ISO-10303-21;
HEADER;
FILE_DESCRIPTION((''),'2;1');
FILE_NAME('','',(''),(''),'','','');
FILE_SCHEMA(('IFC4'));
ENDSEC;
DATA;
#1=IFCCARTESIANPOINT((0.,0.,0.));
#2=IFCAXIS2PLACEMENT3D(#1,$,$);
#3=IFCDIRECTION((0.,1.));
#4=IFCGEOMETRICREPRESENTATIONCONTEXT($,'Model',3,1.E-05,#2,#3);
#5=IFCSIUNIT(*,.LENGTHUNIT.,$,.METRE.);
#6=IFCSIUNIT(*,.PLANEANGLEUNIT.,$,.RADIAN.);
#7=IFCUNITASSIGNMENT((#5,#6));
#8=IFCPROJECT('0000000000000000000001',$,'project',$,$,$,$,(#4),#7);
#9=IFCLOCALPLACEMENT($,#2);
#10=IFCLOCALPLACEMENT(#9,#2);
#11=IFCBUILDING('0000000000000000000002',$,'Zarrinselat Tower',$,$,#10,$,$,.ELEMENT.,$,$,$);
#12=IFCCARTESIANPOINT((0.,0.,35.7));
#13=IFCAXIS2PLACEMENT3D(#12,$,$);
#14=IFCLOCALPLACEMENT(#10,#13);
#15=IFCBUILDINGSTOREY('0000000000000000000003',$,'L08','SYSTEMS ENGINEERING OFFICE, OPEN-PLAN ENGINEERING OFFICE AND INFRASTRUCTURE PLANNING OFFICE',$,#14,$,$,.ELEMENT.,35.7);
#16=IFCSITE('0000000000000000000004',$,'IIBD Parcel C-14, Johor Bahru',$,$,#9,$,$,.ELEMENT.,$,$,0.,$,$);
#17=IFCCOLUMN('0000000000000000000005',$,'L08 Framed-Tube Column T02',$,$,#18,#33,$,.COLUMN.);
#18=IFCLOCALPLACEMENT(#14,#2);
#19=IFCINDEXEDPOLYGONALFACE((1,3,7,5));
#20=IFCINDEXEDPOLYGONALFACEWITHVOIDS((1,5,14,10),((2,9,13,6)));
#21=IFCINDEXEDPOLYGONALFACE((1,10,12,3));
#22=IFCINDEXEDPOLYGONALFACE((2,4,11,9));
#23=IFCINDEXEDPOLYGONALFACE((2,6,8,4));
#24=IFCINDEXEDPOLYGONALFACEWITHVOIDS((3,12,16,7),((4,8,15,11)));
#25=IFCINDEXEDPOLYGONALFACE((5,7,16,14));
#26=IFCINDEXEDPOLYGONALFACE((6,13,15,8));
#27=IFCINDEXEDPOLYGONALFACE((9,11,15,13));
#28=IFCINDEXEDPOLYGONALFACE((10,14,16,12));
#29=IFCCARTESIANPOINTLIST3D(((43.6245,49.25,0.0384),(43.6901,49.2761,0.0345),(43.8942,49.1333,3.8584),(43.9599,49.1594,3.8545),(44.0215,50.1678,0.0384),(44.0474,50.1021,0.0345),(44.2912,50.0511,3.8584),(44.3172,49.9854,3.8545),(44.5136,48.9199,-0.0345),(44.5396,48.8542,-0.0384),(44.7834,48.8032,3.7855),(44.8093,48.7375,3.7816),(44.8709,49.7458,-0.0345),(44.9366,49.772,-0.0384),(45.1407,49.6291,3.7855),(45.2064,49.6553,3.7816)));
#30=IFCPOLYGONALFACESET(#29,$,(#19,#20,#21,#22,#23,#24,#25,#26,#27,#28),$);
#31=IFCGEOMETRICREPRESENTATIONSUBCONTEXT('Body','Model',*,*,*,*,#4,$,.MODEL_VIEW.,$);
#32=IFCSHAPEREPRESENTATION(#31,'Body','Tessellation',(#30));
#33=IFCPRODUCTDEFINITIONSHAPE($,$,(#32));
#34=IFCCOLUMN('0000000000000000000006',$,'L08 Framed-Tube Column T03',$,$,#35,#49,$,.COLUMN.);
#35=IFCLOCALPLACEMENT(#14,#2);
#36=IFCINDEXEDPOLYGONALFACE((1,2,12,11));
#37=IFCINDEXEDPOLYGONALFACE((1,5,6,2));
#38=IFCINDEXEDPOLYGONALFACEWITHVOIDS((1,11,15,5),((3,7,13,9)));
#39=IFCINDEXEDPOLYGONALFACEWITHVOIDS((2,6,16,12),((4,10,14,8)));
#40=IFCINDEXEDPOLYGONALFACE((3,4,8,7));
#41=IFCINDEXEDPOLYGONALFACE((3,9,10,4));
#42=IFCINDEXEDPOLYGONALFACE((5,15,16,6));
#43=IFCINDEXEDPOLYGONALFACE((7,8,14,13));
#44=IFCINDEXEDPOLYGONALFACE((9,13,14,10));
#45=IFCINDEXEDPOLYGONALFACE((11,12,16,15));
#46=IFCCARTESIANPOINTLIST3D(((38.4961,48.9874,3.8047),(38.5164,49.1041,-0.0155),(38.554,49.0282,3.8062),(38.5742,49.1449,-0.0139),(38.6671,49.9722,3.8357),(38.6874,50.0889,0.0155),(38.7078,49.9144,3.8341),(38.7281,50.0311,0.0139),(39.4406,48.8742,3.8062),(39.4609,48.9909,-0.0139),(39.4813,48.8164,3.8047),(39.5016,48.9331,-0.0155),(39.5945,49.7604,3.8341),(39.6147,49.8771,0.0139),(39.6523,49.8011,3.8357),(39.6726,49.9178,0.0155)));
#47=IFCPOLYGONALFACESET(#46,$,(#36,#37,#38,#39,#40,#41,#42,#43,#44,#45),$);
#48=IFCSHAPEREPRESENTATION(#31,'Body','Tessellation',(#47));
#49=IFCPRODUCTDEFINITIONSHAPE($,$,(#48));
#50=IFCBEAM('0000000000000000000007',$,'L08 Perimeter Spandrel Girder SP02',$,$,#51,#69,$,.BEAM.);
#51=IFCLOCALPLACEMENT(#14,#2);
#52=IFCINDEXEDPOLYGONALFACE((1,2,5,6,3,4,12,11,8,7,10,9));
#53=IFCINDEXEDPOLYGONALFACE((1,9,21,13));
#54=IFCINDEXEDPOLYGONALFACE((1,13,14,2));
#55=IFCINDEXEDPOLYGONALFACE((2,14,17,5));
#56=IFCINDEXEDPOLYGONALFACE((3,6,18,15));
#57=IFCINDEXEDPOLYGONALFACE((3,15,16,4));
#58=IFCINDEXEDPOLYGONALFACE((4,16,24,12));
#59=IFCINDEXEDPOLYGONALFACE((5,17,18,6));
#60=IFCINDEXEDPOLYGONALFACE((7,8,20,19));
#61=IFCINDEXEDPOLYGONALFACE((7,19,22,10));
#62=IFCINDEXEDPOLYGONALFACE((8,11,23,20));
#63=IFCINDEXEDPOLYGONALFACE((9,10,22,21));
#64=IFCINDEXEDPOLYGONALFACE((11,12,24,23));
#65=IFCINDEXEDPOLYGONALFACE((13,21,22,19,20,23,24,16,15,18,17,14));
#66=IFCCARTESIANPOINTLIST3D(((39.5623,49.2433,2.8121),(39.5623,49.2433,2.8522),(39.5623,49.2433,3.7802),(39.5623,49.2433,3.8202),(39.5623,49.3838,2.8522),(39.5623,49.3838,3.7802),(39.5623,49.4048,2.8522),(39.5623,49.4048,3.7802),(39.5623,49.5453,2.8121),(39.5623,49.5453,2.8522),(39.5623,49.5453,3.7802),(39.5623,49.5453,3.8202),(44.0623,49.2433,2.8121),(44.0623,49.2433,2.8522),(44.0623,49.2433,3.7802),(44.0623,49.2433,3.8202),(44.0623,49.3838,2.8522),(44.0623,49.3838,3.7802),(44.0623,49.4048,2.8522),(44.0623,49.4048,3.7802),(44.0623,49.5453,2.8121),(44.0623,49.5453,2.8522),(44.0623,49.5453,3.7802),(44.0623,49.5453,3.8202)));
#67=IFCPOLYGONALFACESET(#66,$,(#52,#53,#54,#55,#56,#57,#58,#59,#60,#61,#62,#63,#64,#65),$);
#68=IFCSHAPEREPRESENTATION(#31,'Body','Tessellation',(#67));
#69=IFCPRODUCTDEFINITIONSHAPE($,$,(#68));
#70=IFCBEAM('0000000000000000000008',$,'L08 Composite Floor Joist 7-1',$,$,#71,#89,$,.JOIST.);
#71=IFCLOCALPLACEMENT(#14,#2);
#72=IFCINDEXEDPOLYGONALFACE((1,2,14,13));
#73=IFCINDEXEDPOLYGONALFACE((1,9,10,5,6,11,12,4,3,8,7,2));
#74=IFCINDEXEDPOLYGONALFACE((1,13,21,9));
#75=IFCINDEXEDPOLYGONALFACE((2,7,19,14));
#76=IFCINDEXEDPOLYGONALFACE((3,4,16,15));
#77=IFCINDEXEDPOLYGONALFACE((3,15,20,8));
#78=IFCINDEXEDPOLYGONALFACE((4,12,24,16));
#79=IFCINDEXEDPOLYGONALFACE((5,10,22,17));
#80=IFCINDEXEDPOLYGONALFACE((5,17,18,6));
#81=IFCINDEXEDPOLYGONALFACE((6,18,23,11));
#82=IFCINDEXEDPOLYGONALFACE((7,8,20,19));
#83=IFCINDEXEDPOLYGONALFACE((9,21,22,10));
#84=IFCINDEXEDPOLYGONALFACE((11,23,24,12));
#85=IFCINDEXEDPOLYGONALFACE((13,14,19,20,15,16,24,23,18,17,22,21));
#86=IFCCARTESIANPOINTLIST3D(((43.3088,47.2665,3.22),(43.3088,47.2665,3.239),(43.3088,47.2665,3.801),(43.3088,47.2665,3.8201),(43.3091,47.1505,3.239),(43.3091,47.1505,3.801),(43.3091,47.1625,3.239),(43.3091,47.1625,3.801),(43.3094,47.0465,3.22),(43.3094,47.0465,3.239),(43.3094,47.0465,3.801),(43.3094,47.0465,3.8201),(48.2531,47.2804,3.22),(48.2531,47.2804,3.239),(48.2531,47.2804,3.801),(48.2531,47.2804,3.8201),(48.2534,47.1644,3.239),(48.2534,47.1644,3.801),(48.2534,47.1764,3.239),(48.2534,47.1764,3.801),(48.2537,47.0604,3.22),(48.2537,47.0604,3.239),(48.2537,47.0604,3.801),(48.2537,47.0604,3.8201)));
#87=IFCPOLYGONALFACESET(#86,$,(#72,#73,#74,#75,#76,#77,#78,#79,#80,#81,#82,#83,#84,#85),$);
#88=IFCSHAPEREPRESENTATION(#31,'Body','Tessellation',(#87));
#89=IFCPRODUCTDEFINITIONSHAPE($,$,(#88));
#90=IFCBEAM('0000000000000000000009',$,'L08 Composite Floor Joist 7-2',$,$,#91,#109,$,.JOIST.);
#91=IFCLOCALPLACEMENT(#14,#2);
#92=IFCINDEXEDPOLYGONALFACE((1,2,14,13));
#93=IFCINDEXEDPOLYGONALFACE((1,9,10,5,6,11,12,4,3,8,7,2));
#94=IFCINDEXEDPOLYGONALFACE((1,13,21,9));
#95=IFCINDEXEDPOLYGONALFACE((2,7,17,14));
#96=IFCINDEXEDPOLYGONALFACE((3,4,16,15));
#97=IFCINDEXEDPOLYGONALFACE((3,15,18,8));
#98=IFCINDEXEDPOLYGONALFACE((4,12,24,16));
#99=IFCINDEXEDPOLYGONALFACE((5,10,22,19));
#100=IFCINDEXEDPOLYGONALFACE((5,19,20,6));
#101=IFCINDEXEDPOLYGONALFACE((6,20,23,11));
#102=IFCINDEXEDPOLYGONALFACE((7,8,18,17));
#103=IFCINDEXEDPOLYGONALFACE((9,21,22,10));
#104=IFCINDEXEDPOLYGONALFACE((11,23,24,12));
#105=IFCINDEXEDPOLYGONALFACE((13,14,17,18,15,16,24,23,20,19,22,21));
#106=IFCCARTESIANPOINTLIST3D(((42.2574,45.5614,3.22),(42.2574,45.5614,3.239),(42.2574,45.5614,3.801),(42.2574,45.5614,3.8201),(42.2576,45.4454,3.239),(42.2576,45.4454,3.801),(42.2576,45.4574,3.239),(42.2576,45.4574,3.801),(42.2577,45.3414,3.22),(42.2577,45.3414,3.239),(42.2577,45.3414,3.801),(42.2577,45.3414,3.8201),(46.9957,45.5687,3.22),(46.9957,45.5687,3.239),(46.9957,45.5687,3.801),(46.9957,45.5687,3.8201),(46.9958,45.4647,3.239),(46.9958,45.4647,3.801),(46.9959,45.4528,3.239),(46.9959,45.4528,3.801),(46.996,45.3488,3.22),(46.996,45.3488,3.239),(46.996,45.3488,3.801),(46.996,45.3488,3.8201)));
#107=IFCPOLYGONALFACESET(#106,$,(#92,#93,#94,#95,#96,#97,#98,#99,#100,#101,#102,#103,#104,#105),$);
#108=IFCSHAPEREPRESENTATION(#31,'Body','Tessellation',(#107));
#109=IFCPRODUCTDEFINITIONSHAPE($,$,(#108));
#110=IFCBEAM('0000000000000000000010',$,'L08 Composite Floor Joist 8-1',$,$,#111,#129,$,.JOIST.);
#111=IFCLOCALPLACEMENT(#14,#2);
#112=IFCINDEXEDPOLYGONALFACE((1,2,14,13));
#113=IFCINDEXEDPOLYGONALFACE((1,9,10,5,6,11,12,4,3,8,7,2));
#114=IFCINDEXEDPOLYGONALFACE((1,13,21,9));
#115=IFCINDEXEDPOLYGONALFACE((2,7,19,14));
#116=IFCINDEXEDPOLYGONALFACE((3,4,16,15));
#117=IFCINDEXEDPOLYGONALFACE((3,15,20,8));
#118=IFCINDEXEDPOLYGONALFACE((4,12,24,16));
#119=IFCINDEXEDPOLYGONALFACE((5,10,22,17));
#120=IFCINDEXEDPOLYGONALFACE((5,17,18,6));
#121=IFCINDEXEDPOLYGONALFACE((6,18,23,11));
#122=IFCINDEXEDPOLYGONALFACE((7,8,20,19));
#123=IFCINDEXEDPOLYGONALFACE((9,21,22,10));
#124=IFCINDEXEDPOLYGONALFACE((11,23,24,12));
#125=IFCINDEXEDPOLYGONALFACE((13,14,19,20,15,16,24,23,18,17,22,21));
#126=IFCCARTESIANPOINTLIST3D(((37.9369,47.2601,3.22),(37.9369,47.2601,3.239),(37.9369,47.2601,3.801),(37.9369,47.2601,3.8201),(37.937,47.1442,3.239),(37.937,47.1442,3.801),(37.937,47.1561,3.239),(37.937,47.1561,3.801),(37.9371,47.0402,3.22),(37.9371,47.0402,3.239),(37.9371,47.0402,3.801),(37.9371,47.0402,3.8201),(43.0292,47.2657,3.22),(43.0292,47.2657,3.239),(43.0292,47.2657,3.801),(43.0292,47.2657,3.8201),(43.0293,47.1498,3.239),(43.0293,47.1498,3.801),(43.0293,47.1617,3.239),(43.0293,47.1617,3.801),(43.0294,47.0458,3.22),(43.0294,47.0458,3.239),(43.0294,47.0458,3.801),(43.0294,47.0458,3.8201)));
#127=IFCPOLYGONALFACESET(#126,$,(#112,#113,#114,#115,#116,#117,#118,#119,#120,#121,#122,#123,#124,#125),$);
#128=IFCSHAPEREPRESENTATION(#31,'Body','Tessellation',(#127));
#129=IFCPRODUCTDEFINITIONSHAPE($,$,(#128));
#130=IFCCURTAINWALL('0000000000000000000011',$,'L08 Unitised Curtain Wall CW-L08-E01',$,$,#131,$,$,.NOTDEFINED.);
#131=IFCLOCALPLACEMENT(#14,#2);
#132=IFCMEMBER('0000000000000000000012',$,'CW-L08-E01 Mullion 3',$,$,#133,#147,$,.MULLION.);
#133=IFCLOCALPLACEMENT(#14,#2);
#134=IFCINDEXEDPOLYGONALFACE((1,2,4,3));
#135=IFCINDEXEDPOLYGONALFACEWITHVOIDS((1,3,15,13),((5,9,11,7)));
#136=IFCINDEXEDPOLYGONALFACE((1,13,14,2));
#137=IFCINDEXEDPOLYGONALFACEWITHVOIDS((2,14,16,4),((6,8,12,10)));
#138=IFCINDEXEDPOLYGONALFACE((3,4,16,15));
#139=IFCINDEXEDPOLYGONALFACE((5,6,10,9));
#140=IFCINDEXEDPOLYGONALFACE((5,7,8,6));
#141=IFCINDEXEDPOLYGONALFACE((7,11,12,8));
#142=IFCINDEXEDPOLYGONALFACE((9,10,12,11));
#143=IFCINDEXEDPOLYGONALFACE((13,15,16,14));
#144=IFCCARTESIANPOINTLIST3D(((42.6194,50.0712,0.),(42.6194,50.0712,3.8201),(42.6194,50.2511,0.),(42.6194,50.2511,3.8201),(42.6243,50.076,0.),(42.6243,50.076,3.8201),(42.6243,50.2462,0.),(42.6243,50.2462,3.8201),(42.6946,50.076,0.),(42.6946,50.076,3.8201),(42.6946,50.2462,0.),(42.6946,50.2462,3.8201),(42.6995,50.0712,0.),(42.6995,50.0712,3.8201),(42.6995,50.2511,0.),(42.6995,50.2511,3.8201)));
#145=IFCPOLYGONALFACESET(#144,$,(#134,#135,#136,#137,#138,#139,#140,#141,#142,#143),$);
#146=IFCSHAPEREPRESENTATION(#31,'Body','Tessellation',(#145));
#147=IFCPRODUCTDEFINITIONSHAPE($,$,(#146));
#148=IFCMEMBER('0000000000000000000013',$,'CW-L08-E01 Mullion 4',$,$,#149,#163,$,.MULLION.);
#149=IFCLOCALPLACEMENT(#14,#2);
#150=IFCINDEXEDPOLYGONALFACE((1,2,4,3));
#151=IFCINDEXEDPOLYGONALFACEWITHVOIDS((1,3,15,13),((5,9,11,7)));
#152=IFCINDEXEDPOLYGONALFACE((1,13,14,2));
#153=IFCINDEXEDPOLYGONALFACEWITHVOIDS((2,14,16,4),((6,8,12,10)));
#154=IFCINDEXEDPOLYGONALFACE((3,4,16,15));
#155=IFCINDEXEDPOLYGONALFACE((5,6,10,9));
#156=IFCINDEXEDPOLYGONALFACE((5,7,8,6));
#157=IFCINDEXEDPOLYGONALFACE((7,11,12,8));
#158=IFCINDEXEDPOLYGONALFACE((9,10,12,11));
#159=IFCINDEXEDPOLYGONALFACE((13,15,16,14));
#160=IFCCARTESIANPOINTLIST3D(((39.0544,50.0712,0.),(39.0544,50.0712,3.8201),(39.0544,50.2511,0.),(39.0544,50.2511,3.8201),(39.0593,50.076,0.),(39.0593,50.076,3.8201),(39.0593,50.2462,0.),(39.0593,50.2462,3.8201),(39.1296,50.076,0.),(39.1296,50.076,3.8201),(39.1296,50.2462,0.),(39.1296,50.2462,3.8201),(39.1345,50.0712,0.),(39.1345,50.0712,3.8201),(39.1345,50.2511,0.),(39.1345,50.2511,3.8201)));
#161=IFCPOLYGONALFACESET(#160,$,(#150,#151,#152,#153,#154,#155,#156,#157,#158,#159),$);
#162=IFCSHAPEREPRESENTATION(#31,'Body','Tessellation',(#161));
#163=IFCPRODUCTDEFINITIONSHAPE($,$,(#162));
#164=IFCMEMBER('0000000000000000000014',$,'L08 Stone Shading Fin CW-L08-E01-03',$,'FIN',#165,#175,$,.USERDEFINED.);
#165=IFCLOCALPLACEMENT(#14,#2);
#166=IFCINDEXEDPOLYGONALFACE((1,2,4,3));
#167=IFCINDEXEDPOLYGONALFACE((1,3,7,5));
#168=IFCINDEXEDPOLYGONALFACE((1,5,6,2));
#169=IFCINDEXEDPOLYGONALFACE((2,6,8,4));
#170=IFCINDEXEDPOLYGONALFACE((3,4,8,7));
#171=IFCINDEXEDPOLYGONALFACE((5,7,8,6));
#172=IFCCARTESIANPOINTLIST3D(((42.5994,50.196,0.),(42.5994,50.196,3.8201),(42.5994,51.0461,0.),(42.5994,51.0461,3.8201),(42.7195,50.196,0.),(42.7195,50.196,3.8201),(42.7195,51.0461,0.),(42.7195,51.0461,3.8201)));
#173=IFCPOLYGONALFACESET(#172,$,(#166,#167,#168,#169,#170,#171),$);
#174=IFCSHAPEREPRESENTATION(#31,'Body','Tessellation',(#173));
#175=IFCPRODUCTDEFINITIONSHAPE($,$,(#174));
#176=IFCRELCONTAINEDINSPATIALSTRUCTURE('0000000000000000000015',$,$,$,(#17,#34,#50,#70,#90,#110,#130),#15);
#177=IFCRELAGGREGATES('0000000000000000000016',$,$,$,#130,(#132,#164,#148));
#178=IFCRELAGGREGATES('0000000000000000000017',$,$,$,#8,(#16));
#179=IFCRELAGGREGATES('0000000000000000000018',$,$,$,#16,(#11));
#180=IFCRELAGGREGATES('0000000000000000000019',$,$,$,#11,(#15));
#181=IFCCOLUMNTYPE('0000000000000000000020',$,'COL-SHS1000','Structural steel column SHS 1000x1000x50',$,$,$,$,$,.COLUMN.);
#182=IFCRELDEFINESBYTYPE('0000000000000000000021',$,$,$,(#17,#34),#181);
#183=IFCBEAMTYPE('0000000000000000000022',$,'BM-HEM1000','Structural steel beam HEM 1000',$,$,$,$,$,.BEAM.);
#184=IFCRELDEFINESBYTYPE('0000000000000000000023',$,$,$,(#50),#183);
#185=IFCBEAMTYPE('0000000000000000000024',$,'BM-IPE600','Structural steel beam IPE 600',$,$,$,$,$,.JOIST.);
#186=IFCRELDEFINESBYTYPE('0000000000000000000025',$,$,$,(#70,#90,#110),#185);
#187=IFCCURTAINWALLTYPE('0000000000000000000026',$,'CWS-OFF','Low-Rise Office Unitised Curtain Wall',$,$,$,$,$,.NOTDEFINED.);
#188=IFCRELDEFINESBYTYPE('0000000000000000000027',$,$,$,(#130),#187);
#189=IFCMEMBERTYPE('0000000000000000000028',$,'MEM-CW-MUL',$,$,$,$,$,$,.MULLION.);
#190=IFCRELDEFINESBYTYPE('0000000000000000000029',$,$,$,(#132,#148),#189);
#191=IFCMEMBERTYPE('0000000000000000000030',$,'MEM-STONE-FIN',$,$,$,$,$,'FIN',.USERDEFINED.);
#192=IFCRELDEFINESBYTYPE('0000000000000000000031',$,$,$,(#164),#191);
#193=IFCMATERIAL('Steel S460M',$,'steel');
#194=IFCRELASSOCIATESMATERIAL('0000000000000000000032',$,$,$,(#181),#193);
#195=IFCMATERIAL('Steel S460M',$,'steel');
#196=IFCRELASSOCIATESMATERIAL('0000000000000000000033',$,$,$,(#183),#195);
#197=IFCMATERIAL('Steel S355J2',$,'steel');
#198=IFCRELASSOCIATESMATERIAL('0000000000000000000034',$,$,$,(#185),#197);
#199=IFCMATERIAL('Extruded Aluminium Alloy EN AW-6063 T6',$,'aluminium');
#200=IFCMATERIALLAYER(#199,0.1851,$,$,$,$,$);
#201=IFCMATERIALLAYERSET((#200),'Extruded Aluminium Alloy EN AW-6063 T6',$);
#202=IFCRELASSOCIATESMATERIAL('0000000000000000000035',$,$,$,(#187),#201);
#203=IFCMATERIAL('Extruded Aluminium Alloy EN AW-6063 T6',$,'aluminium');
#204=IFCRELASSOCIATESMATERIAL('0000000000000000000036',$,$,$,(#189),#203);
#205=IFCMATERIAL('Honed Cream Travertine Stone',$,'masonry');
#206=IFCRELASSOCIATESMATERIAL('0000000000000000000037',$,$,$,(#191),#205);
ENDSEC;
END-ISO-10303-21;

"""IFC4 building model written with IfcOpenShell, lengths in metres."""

from ifc_helpers import new_model, si_unit, direction, frame, origin, origin_2d, place, context, subcontext, project, spatial, rectangle, hollow_rectangle, i_section, extrude, material, layer, layer_set, material_profile, profile_set, type_object, element, aggregate, save


model = new_model("IFC4")

# Units and contexts
model_context = context("Model", 3, precision=1e-05, world=origin(), true_north=direction((0.0, 1.0)))
body_context = subcontext(model_context, "Body", "Model", "MODEL_VIEW")
ifc_project = project(units=[si_unit("LENGTHUNIT", "METRE"), si_unit("PLANEANGLEUNIT", "RADIAN")], contexts=[model_context])

# Site, building, storey
site_placement = place(None, origin())
site = spatial("IfcSite", under=ifc_project, at=site_placement, Name="IIBD Parcel C-14, Johor Bahru", CompositionType="ELEMENT", RefElevation=0.0)
building_placement = place(site_placement, origin())
building = spatial("IfcBuilding", under=site, at=building_placement, Name="Zarrinselat Tower", CompositionType="ELEMENT")
storey_placement = place(building_placement, frame((0.0, 0.0, 35.7)))
storey = spatial("IfcBuildingStorey", under=building, at=storey_placement, Name="L08", Description="SYSTEMS ENGINEERING OFFICE, OPEN-PLAN ENGINEERING OFFICE AND INFRASTRUCTURE PLANNING OFFICE", CompositionType="ELEMENT", Elevation=35.7)

# Columns
ifc_material_1 = material(Name="Steel S460M", Category="steel")
ifc_material_profile_1 = material_profile(ifc_material_1, hollow_rectangle(XDim=1.0, YDim=1.0, WallThickness=0.05, at=origin_2d()), Name="SHS 1000x1000x50")
ifc_profile_set_1 = profile_set([ifc_material_profile_1], Name="Steel S460M")
column_type = type_object("IfcColumnType", Name="COL-SHS1000", Description="Structural steel column SHS 1000x1000x50", PredefinedType="COLUMN", material=ifc_profile_set_1)
column_1_placement = place(storey_placement, frame((44.2805, 49.511, 0.0), z_axis=(0.070412, -0.030459, 0.997053), x_axis=(0.397025, 0.917808, 0.0)))
element("IfcColumn", 1, at=column_1_placement, inside=storey, type_object=column_type, Name="L08 Framed-Tube Column T02", PredefinedType="COLUMN", context=body_context, shape_type="SweptSolid", body=[
    extrude(hollow_rectangle(XDim=1.0, YDim=1.0, WallThickness=0.05, at=origin_2d()), origin(), (0.0, 0.0, 1.0), 3.8313),
])
column_2_placement = place(storey_placement, frame((39.0945, 49.511, 0.0), z_axis=(-0.005302, -0.030534, 0.99952), x_axis=(0.985257, -0.17108, 0.0)))
element("IfcColumn", 2, at=column_2_placement, inside=storey, type_object=column_type, Name="L08 Framed-Tube Column T03", PredefinedType="COLUMN", context=body_context, shape_type="SweptSolid", body=[
    extrude(hollow_rectangle(XDim=1.0, YDim=1.0, WallThickness=0.05, at=origin_2d()), origin(), (0.0, 0.0, 1.0), 3.822),
])

# Beams
ifc_material_2 = material(Name="Steel S460M", Category="steel")
ifc_material_profile_2 = material_profile(ifc_material_2, i_section(OverallWidth=0.302, OverallDepth=1.0081, WebThickness=0.021, FlangeThickness=0.04, at=origin_2d()), Name="HEM 1000")
ifc_profile_set_2 = profile_set([ifc_material_profile_2], Name="Steel S460M")
beam_type_1 = type_object("IfcBeamType", Name="BM-HEM1000", Description="Structural steel beam HEM 1000", PredefinedType="BEAM", material=ifc_profile_set_2)
beam_1_placement = place(storey_placement, frame((39.5623, 49.3943, 3.3162), z_axis=(1.0, 0.0, 0.0), x_axis=(0.0, 1.0, 0.0)))
element("IfcBeam", 3, at=beam_1_placement, inside=storey, type_object=beam_type_1, Name="L08 Perimeter Spandrel Girder SP02", PredefinedType="BEAM", context=body_context, shape_type="SweptSolid", body=[
    extrude(i_section(OverallWidth=0.302, OverallDepth=1.0081, WebThickness=0.021, FlangeThickness=0.04, at=origin_2d()), origin(), (0.0, 0.0, 1.0), 4.5),
])
ifc_material_3 = material(Name="Steel S355J2", Category="steel")
ifc_material_profile_3 = material_profile(ifc_material_3, i_section(OverallWidth=0.22, OverallDepth=0.6001, WebThickness=0.012, FlangeThickness=0.019, at=origin_2d()), Name="IPE 600")
ifc_profile_set_3 = profile_set([ifc_material_profile_3], Name="Steel S355J2")
beam_type_2 = type_object("IfcBeamType", Name="BM-IPE600", Description="Structural steel beam IPE 600", PredefinedType="JOIST", material=ifc_profile_set_3)
beam_2_placement = place(storey_placement, frame((43.3091, 47.1565, 3.52), z_axis=(0.999996, 0.002815, 0.0), x_axis=(-0.002815, 0.999996, 0.0)))
element("IfcBeam", 4, at=beam_2_placement, inside=storey, type_object=beam_type_2, Name="L08 Composite Floor Joist 7-1", PredefinedType="JOIST", context=body_context, shape_type="SweptSolid", body=[
    extrude(i_section(OverallWidth=0.22, OverallDepth=0.6001, WebThickness=0.012, FlangeThickness=0.019, at=origin_2d()), origin(), (0.0, 0.0, 1.0), 4.9443),
])
beam_3_placement = place(storey_placement, frame((42.2576, 45.4514, 3.52), z_axis=(0.999999, 0.001546, 0.0), x_axis=(-0.001546, 0.999999, 0.0)))
element("IfcBeam", 5, at=beam_3_placement, inside=storey, type_object=beam_type_2, Name="L08 Composite Floor Joist 7-2", PredefinedType="JOIST", context=body_context, shape_type="SweptSolid", body=[
    extrude(i_section(OverallWidth=0.22, OverallDepth=0.6001, WebThickness=0.012, FlangeThickness=0.019, at=origin_2d()), origin(), (0.0, 0.0, 1.0), 4.7383),
])
beam_4_placement = place(storey_placement, frame((37.937, 47.1501, 3.52), z_axis=(0.999999, 0.001103, 0.0), x_axis=(-0.001103, 0.999999, 0.0)))
element("IfcBeam", 6, at=beam_4_placement, inside=storey, type_object=beam_type_2, Name="L08 Composite Floor Joist 8-1", PredefinedType="JOIST", context=body_context, shape_type="SweptSolid", body=[
    extrude(i_section(OverallWidth=0.22, OverallDepth=0.6001, WebThickness=0.012, FlangeThickness=0.019, at=origin_2d()), origin(), (0.0, 0.0, 1.0), 5.0923),
])

# Curtain wall, members
ifc_material_4 = material(Name="Extruded Aluminium Alloy EN AW-6063 T6", Category="aluminium")
ifc_layer_1 = layer(ifc_material_4, 0.1851)
ifc_layer_set_1 = layer_set([ifc_layer_1], Name="Extruded Aluminium Alloy EN AW-6063 T6")
curtain_wall_type = type_object("IfcCurtainWallType", Name="CWS-OFF", Description="Low-Rise Office Unitised Curtain Wall", PredefinedType="NOTDEFINED", material=ifc_layer_set_1)
curtain_wall_placement = place(storey_placement, origin())
curtain_wall = element("IfcCurtainWall", 7, at=curtain_wall_placement, inside=storey, type_object=curtain_wall_type, Name="L08 Unitised Curtain Wall CW-L08-E01", PredefinedType="NOTDEFINED")
ifc_material_5 = material(Name="Extruded Aluminium Alloy EN AW-6063 T6", Category="aluminium")
ifc_material_profile_4 = material_profile(ifc_material_5, hollow_rectangle(XDim=0.0801, YDim=0.1799, WallThickness=0.0049, at=origin_2d()), Name="RHS 180x80x5")
ifc_profile_set_4 = profile_set([ifc_material_profile_4], Name="Extruded Aluminium Alloy EN AW-6063 T6")
member_type_1 = type_object("IfcMemberType", Name="MEM-CW-MUL", PredefinedType="MULLION", material=ifc_profile_set_4)
member_1_placement = place(storey_placement, frame((42.6594, 50.1611, 0.0), z_axis=(0.0, 0.0, 1.0), x_axis=(-1.0, 0.0, 0.0)))
member_1 = element("IfcMember", 8, at=member_1_placement, type_object=member_type_1, Name="CW-L08-E01 Mullion 3", PredefinedType="MULLION", context=body_context, shape_type="SweptSolid", body=[
    extrude(hollow_rectangle(XDim=0.0801, YDim=0.1799, WallThickness=0.0049, at=origin_2d()), origin(), (0.0, 0.0, 1.0), 3.8201),
])
member_2_placement = place(storey_placement, frame((39.0945, 50.1611, 0.0), z_axis=(0.0, 0.0, 1.0), x_axis=(-1.0, 0.0, 0.0)))
member_2 = element("IfcMember", 9, at=member_2_placement, type_object=member_type_1, Name="CW-L08-E01 Mullion 4", PredefinedType="MULLION", context=body_context, shape_type="SweptSolid", body=[
    extrude(hollow_rectangle(XDim=0.0801, YDim=0.1799, WallThickness=0.0049, at=origin_2d()), origin(), (0.0, 0.0, 1.0), 3.8201),
])
ifc_material_6 = material(Name="Honed Cream Travertine Stone", Category="masonry")
ifc_material_profile_5 = material_profile(ifc_material_6, rectangle(XDim=0.1201, YDim=0.8501, at=origin_2d()), Name="FIN 850x120")
ifc_profile_set_5 = profile_set([ifc_material_profile_5], Name="Honed Cream Travertine Stone")
member_type_2 = type_object("IfcMemberType", Name="MEM-STONE-FIN", ElementType="FIN", PredefinedType="USERDEFINED", material=ifc_profile_set_5)
member_3_placement = place(storey_placement, frame((42.6594, 50.6211, 0.0), z_axis=(0.0, 0.0, 1.0), x_axis=(1.0, 0.0, 0.0)))
member_3 = element("IfcMember", 10, at=member_3_placement, type_object=member_type_2, Name="L08 Stone Shading Fin CW-L08-E01-03", ObjectType="FIN", PredefinedType="USERDEFINED", context=body_context, shape_type="SweptSolid", body=[
    extrude(rectangle(XDim=0.1201, YDim=0.8501, at=origin_2d()), origin(), (0.0, 0.0, 1.0), 3.8201),
])
aggregate(curtain_wall, [member_1, member_3, member_2])

save(model, "model.ifc")
